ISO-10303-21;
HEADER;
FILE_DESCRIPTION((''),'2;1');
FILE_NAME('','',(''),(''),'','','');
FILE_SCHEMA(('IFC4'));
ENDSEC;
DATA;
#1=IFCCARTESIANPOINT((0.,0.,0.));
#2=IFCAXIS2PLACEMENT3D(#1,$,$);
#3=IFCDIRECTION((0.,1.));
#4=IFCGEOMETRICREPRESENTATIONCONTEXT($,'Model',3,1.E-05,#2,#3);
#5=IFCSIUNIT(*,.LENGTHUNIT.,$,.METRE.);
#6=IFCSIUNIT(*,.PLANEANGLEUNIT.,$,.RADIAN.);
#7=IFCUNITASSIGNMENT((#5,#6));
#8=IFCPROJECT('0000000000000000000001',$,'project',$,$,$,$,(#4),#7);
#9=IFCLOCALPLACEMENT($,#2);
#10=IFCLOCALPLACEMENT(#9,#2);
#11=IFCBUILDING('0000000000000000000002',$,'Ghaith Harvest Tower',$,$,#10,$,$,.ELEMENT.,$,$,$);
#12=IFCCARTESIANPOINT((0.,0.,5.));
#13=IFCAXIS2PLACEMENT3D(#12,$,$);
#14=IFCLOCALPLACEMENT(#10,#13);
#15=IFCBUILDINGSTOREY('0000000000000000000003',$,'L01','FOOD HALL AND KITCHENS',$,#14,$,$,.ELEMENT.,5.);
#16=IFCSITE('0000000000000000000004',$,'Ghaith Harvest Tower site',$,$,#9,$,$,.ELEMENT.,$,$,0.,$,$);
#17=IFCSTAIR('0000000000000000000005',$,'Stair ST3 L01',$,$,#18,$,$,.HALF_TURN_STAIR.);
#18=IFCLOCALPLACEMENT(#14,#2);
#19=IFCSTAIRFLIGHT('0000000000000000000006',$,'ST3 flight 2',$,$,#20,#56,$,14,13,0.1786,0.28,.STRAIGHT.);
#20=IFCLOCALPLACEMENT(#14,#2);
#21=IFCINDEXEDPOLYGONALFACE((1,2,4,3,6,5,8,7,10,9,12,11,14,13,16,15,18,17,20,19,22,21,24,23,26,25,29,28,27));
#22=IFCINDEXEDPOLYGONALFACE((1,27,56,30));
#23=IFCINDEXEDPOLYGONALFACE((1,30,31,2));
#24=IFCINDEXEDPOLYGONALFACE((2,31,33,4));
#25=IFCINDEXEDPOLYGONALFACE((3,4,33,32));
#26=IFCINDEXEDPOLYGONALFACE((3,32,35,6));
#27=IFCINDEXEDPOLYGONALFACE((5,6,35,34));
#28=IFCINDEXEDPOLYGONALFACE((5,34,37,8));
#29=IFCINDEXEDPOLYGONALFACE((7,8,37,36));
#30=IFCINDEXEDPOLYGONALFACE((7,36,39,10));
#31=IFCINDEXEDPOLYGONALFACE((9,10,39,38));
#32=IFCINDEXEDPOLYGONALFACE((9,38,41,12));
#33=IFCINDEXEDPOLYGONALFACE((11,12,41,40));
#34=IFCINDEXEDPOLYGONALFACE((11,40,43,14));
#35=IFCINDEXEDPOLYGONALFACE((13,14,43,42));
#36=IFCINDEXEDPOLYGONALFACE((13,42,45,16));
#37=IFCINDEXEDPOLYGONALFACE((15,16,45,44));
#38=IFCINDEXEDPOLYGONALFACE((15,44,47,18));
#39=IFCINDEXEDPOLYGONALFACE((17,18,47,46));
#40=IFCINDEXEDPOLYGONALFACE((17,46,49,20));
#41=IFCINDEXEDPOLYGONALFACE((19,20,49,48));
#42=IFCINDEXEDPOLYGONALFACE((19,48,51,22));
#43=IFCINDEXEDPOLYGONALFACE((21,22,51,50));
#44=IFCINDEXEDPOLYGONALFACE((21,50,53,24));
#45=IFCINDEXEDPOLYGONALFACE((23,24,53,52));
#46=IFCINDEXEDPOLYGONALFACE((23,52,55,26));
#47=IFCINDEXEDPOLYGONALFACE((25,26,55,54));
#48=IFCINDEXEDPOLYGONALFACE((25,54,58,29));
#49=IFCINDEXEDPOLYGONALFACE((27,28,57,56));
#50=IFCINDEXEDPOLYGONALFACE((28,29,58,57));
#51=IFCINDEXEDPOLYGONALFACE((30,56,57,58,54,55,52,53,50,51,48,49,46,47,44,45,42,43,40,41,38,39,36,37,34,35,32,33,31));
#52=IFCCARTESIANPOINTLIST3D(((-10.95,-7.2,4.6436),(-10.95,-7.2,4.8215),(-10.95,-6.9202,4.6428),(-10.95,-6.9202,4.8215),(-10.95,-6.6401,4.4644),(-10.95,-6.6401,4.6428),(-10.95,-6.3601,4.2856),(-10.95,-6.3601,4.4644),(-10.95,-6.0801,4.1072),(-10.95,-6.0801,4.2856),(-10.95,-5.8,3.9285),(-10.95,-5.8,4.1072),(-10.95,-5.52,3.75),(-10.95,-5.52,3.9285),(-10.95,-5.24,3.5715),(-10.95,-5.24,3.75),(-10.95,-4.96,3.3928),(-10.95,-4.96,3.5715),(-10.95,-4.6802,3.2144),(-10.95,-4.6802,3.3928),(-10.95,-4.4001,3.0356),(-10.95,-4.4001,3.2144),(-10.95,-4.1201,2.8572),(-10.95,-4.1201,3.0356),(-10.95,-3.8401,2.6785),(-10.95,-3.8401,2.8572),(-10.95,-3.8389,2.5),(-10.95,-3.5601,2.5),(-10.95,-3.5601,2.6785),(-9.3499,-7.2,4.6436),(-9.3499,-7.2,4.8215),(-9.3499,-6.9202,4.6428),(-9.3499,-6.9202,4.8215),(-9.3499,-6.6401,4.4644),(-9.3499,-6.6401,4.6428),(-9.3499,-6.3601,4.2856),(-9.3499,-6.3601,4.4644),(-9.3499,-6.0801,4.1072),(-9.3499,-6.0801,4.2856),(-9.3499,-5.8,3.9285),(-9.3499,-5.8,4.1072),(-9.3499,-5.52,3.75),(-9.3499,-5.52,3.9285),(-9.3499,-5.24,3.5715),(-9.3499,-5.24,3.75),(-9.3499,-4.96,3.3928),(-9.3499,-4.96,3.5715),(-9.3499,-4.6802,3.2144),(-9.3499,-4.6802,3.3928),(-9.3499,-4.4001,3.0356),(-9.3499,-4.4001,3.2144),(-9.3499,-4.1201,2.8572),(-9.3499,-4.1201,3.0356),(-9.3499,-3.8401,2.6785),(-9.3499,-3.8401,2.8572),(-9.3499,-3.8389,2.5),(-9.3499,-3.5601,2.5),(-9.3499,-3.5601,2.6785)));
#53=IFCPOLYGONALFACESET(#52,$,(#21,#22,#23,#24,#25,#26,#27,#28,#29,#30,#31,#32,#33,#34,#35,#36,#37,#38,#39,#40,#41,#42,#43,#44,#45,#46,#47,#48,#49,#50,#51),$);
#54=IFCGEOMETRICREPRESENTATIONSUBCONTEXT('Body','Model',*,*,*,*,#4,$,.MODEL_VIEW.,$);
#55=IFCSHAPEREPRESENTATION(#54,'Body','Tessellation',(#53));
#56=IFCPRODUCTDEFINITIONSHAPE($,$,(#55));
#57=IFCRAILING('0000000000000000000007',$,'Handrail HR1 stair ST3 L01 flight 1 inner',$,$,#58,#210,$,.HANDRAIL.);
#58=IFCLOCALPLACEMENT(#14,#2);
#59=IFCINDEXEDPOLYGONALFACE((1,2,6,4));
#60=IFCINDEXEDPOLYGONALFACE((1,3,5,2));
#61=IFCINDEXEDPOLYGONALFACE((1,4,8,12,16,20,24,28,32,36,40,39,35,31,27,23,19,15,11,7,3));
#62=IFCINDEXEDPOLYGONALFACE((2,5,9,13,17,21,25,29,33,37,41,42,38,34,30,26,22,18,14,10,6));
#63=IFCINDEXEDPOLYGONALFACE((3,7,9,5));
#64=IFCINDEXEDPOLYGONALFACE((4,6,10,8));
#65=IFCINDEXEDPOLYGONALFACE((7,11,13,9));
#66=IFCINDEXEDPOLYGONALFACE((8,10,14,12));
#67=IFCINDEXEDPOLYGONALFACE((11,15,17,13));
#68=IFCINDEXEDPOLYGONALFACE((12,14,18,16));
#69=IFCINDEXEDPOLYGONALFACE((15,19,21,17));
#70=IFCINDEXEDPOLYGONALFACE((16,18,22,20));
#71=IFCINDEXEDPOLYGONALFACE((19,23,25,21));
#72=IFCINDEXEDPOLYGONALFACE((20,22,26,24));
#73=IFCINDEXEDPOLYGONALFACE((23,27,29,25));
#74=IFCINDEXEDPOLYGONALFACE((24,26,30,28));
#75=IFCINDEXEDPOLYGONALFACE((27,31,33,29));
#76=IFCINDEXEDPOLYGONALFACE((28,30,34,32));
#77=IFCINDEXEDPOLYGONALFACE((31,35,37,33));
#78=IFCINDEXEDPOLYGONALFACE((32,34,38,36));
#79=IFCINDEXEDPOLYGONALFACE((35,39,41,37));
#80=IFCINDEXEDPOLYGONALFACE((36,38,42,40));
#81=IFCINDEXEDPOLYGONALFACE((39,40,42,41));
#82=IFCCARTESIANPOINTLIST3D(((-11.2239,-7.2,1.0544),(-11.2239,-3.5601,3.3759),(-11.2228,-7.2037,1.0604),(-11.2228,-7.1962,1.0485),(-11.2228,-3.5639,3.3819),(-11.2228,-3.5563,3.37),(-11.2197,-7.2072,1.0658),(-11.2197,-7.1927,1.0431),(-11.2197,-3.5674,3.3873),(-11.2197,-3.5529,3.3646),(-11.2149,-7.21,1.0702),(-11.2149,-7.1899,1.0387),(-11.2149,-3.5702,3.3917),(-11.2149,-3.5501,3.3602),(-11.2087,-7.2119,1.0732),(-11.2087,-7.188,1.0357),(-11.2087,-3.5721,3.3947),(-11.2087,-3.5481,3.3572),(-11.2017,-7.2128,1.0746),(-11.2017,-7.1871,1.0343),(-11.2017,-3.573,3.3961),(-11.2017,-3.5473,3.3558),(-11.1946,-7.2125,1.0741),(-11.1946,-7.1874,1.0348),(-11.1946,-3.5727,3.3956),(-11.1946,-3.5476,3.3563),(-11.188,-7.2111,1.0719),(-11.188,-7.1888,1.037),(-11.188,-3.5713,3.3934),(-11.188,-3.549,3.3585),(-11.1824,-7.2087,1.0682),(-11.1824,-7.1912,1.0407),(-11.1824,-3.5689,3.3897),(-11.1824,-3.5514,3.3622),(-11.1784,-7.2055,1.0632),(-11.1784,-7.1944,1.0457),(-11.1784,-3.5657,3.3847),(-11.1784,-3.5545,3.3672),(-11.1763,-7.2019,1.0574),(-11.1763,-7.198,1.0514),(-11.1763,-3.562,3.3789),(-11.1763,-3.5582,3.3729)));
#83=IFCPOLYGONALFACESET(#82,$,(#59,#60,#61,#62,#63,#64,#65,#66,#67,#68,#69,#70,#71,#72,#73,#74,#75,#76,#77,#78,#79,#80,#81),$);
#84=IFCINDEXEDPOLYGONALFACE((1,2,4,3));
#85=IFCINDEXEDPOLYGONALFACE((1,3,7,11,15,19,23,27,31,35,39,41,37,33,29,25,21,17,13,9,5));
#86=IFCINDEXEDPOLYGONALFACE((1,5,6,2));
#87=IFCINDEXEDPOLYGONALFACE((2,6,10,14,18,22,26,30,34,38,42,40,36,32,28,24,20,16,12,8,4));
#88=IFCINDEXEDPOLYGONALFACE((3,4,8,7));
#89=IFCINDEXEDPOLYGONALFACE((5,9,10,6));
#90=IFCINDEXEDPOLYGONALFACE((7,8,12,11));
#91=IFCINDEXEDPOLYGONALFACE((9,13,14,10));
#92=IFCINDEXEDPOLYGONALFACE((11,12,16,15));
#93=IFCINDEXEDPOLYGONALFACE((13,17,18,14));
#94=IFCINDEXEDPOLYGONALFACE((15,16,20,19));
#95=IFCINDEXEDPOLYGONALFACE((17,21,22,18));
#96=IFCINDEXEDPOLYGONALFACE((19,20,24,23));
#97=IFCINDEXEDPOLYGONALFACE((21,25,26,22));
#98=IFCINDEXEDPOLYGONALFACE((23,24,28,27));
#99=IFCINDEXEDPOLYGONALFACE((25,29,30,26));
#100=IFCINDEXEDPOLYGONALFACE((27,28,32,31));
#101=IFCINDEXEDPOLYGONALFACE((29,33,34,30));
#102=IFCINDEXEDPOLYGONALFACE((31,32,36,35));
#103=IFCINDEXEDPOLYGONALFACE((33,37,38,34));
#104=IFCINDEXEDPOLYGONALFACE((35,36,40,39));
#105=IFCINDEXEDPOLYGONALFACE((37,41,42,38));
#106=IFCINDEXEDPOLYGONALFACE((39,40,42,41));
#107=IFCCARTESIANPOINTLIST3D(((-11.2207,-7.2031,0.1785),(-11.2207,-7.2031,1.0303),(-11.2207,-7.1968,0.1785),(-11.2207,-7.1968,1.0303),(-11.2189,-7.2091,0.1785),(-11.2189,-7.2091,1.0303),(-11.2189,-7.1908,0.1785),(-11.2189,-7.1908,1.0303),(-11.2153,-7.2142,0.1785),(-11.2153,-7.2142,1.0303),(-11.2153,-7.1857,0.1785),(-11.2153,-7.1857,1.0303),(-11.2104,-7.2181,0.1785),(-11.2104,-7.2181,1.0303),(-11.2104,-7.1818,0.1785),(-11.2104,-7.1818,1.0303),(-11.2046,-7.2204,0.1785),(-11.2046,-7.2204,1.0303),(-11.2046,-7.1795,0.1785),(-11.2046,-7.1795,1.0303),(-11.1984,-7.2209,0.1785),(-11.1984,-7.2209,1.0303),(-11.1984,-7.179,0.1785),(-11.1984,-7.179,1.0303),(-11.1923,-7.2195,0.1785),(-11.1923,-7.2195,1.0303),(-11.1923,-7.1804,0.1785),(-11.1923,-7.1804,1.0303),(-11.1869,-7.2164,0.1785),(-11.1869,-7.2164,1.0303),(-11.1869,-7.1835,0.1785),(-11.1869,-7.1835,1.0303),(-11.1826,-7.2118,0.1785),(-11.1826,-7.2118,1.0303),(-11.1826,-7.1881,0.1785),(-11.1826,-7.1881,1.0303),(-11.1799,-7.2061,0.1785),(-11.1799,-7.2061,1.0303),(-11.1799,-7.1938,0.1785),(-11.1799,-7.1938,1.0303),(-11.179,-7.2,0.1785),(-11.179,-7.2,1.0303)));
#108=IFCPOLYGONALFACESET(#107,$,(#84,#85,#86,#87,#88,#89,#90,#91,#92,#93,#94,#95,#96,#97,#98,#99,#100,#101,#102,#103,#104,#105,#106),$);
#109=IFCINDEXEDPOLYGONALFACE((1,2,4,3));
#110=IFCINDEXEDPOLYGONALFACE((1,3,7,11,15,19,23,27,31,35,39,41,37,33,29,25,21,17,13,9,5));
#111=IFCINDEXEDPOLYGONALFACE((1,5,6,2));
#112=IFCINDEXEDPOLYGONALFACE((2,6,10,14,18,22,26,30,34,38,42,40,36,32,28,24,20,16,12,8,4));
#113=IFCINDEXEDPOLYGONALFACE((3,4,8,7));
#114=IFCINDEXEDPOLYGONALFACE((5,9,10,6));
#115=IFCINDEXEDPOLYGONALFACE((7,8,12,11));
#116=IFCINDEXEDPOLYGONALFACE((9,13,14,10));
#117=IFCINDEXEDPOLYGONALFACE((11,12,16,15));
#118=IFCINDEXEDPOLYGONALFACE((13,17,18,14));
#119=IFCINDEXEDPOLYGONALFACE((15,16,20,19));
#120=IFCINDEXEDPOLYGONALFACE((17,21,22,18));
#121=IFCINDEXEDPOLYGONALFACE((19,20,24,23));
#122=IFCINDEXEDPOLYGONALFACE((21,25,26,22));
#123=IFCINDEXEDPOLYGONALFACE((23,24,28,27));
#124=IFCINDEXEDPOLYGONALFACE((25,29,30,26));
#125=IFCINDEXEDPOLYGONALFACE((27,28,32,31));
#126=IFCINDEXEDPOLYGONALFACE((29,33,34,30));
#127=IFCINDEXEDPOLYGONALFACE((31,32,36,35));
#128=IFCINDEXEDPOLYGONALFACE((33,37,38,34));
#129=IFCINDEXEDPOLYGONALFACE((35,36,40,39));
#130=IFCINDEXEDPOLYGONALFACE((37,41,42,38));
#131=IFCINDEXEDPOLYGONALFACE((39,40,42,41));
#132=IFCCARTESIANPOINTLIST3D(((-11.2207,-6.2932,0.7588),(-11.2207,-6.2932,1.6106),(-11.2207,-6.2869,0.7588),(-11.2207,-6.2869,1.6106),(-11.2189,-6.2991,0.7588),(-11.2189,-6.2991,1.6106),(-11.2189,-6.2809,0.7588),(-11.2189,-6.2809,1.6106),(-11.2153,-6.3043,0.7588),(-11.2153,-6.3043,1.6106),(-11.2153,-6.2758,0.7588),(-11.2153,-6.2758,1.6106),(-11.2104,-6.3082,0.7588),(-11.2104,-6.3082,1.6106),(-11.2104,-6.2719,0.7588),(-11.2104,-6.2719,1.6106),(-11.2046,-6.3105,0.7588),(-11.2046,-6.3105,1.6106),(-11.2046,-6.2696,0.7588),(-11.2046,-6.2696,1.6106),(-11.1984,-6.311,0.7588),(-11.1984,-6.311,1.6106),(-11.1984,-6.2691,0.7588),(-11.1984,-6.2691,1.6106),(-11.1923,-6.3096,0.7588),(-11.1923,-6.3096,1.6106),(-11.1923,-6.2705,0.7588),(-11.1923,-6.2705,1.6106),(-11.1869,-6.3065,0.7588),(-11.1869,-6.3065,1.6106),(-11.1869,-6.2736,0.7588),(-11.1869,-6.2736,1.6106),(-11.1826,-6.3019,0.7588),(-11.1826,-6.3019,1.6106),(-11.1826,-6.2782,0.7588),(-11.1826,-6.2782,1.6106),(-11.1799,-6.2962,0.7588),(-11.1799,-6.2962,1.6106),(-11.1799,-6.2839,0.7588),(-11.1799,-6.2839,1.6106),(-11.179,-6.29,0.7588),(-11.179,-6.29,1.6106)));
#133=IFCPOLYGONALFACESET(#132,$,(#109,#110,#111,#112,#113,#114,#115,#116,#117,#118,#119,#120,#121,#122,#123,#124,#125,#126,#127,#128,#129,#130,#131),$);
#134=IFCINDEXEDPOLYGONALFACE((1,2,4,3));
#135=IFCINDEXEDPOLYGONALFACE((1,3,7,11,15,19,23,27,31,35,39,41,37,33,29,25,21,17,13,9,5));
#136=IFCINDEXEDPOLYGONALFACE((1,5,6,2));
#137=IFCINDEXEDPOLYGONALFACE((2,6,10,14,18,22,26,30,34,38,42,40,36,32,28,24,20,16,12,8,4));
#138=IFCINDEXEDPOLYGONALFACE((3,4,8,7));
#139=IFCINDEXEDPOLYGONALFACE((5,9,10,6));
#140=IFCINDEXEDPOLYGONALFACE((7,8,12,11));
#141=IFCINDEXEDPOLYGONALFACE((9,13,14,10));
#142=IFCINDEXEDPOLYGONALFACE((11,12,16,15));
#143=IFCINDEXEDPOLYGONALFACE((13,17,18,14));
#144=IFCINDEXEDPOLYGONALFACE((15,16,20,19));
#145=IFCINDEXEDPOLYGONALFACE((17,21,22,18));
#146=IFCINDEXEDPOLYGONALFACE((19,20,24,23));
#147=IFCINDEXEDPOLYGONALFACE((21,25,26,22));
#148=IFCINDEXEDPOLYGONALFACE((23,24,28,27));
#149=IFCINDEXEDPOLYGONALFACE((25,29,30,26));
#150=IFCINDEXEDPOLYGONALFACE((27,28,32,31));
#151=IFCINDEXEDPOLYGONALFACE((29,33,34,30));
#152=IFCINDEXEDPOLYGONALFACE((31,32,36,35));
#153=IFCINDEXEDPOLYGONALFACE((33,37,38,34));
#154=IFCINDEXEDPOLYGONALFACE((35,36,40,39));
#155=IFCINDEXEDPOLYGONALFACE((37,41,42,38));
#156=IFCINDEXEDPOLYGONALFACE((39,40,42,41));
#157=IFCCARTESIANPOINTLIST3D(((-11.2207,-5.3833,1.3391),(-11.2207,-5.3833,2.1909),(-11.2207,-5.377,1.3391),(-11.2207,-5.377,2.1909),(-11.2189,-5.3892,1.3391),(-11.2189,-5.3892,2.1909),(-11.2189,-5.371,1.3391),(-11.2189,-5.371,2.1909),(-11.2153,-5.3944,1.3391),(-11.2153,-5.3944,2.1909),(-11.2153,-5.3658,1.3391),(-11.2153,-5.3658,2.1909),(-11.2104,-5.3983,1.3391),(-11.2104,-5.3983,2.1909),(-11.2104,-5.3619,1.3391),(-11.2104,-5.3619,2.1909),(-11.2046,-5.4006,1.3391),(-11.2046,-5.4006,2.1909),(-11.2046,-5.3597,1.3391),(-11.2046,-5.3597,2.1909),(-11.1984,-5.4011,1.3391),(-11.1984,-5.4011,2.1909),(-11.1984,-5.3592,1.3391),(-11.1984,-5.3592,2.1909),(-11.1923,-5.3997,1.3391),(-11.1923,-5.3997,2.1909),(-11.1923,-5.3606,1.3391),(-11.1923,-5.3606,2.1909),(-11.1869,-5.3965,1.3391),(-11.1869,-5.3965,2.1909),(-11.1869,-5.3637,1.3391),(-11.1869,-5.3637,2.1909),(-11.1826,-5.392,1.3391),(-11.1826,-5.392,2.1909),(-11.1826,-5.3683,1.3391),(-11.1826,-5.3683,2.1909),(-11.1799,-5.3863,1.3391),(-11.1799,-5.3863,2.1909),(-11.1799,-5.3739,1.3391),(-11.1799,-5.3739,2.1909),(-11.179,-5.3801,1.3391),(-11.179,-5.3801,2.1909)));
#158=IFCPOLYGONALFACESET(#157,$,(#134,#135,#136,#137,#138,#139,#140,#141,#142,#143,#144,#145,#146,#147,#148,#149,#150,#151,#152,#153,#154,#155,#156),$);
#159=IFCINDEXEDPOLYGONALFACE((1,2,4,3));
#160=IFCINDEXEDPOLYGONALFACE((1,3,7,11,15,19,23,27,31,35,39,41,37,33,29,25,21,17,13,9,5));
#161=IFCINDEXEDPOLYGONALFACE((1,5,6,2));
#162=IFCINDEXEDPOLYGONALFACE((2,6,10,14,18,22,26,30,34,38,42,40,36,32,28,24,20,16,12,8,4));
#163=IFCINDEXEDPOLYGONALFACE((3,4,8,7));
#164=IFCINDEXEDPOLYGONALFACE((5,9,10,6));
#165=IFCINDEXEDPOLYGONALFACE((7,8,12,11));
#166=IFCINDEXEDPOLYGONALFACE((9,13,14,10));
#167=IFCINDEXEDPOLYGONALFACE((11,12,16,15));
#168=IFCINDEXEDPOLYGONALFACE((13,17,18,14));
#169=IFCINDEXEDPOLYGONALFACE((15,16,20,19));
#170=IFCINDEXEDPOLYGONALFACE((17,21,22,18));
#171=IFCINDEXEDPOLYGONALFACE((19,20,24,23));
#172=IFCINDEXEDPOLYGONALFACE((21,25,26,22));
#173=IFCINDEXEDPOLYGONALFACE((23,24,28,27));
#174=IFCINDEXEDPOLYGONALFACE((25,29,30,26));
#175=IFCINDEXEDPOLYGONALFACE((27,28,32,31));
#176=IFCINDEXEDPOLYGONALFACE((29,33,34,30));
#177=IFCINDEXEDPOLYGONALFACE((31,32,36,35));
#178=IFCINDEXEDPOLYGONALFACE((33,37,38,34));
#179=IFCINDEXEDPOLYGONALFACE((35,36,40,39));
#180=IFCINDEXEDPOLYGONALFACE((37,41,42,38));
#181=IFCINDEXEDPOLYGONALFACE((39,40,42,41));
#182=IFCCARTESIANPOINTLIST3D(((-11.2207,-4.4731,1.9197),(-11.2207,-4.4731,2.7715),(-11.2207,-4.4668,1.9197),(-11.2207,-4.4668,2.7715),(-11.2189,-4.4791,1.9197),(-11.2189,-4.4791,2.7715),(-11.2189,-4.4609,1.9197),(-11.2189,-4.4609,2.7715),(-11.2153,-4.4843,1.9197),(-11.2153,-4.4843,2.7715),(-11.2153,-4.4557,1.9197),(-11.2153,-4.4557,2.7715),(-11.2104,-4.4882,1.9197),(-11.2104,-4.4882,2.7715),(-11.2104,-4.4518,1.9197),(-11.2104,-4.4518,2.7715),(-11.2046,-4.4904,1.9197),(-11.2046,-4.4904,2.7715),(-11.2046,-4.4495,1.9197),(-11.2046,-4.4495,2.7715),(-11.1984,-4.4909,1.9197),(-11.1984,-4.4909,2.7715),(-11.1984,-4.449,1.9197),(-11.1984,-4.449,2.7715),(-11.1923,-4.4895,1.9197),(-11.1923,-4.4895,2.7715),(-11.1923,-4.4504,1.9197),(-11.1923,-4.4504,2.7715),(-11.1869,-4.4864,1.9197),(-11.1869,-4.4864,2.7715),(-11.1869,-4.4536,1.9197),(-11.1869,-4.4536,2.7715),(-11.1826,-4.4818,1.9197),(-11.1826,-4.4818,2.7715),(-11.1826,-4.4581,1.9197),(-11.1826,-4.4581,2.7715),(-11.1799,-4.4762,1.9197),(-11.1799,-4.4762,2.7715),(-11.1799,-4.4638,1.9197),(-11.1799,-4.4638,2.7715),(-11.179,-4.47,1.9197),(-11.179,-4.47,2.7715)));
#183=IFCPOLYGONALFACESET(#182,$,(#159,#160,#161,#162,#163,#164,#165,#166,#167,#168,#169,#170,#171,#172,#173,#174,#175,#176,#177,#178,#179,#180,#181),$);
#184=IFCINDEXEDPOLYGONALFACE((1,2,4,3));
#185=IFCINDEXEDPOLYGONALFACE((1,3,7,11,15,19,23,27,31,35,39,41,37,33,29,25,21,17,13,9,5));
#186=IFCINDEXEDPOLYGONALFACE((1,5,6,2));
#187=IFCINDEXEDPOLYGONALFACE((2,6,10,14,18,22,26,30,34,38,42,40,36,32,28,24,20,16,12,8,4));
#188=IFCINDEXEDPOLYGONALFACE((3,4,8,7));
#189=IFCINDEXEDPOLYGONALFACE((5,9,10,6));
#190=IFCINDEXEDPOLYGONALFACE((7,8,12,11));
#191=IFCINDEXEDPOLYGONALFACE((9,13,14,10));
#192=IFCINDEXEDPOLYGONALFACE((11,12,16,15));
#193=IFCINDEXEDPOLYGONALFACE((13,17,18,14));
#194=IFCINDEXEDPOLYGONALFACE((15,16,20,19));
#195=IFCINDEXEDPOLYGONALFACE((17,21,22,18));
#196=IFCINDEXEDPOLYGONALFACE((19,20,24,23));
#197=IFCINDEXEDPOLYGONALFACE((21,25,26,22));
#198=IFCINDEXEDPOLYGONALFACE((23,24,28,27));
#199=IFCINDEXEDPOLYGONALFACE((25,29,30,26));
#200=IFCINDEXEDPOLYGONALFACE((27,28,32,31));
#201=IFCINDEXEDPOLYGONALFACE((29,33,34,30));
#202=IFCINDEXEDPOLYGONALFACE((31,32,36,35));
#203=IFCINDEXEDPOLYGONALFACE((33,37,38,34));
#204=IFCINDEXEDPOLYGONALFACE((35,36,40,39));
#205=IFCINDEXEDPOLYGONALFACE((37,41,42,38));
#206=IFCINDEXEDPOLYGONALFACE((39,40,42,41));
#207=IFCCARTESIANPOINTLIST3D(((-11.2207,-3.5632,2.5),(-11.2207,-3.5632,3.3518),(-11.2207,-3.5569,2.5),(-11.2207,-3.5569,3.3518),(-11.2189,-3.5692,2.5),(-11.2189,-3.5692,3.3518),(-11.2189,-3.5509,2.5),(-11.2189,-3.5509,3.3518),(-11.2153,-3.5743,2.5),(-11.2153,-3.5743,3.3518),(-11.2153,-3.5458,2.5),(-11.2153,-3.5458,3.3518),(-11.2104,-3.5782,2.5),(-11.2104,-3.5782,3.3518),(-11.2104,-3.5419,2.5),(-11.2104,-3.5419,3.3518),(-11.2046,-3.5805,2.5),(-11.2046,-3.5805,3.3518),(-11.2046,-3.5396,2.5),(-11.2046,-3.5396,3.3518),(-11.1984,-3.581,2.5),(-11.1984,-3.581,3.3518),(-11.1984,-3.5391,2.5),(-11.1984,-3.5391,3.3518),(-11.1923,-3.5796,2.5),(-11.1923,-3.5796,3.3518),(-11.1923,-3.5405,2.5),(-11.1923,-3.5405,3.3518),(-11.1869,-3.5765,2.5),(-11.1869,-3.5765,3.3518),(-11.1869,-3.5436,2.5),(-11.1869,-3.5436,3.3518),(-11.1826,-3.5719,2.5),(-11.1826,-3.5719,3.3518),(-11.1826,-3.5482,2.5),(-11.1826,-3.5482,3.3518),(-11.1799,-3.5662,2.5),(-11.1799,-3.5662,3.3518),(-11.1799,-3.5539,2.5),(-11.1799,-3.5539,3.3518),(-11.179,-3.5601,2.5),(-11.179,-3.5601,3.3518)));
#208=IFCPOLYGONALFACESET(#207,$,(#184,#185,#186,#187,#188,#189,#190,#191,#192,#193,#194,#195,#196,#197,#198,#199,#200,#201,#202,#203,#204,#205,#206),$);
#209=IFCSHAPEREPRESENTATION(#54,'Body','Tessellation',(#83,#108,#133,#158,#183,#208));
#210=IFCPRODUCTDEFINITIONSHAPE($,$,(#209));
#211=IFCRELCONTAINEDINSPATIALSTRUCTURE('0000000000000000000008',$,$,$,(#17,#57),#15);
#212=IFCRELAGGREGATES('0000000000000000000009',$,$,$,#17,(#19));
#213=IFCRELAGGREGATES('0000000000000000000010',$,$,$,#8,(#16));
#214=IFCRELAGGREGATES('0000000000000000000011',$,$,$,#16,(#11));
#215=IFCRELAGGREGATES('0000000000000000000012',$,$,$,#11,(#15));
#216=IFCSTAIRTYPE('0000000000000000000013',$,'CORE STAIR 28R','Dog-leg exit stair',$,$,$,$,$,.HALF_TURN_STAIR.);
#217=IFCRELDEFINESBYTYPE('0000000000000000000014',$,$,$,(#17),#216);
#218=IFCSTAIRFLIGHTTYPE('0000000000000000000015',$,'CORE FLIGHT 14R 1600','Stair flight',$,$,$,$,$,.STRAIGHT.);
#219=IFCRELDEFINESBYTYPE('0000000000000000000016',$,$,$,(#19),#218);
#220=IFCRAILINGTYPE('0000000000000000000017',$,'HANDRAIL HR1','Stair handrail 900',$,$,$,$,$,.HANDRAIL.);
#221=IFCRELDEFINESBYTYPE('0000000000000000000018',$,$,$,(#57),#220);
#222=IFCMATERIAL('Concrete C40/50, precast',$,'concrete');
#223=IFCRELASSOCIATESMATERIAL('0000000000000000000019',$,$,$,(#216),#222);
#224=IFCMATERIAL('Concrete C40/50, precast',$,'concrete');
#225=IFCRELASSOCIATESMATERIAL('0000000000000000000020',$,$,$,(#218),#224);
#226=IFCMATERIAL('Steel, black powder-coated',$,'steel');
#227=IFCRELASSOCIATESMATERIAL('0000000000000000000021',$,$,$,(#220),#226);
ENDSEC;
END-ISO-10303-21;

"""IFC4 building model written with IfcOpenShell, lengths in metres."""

from ifc_helpers import new_model, si_unit, direction, frame, origin, origin_2d, place, context, subcontext, project, spatial, polyline, circle, outline, extrude, material, type_object, element, aggregate, save


model = new_model("IFC4")

# Units and contexts
model_context = context("Model", 3, precision=1e-05, world=origin(), true_north=direction((0.0, 1.0)))
body_context = subcontext(model_context, "Body", "Model", "MODEL_VIEW")
ifc_project = project(units=[si_unit("LENGTHUNIT", "METRE"), si_unit("PLANEANGLEUNIT", "RADIAN")], contexts=[model_context])

# Site, building, storey
site_placement = place(None, origin())
site = spatial("IfcSite", under=ifc_project, at=site_placement, Name="Ghaith Harvest Tower site", CompositionType="ELEMENT", RefElevation=0.0)
building_placement = place(site_placement, origin())
building = spatial("IfcBuilding", under=site, at=building_placement, Name="Ghaith Harvest Tower", CompositionType="ELEMENT")
storey_placement = place(building_placement, frame((0.0, 0.0, 5.0)))
storey = spatial("IfcBuildingStorey", under=building, at=storey_placement, Name="L01", Description="FOOD HALL AND KITCHENS", CompositionType="ELEMENT", Elevation=5.0)

# Stair, stair flight
ifc_material_1 = material(Name="Concrete C40/50, precast", Category="concrete")
stair_type = type_object("IfcStairType", Name="CORE STAIR 28R", Description="Dog-leg exit stair", PredefinedType="HALF_TURN_STAIR", material=ifc_material_1)
stair_placement = place(storey_placement, origin())
stair = element("IfcStair", 1, at=stair_placement, inside=storey, type_object=stair_type, Name="Stair ST3 L01", PredefinedType="HALF_TURN_STAIR")
ifc_material_2 = material(Name="Concrete C40/50, precast", Category="concrete")
stair_flight_type = type_object("IfcStairFlightType", Name="CORE FLIGHT 14R 1600", Description="Stair flight", PredefinedType="STRAIGHT", material=ifc_material_2)
stair_flight_1_placement = place(storey_placement, frame((-10.1499, -3.5601, 2.5), z_axis=(0.0, 0.0, 1.0), x_axis=(0.0, -1.0, 0.0)))
stair_flight_1 = element("IfcStairFlight", 2, at=stair_flight_1_placement, type_object=stair_flight_type, Name="ST3 flight 2", NumberOfRisers=14, NumberOfTreads=13, PredefinedType="STRAIGHT", RiserHeight=0.1786, TreadLength=0.28, context=body_context, shape_type="SweptSolid", body=[
    extrude(outline(polyline([(0.0, 0.0), (0.0, 0.1785), (0.28, 0.1785), (0.28, 0.3572), (0.5601, 0.3572), (0.5601, 0.5356), (0.8401, 0.5356), (0.8401, 0.7144), (1.1201, 0.7144), (1.1201, 0.8928), (1.3999, 0.8928), (1.3999, 1.0715), (1.6799, 1.0715), (1.6799, 1.25), (1.96, 1.25), (1.96, 1.4285), (2.24, 1.4285), (2.24, 1.6072), (2.52, 1.6072), (2.52, 1.7856), (2.8, 1.7856), (2.8, 1.9644), (3.0801, 1.9644), (3.0801, 2.1428), (3.3601, 2.1428), (3.3601, 2.3215), (3.6399, 2.3215), (3.6399, 2.5), (3.6399, 2.1436), (0.2788, 0.0), (0.0, 0.0)])), frame((0.0, 0.8, 0.0), z_axis=(0.0, -1.0, 0.0), x_axis=(1.0, 0.0, 0.0)), (0.0, 0.0, 1.0), 1.6001),
])
aggregate(stair, [stair_flight_1])

# Railing
ifc_material_3 = material(Name="Steel, black powder-coated", Category="steel")
railing_type = type_object("IfcRailingType", Name="HANDRAIL HR1", Description="Stair handrail 900", PredefinedType="HANDRAIL", material=ifc_material_3)
railing_1_placement = place(storey_placement, frame((-11.2, -7.2, 0.1785)))
element("IfcRailing", 3, at=railing_1_placement, inside=storey, type_object=railing_type, Name="Handrail HR1 stair ST3 L01 flight 1 inner", PredefinedType="HANDRAIL", context=body_context, shape_type="SweptSolid", body=[
    extrude(circle(Radius=0.0239, at=origin_2d()), frame((0.0, 0.0, 0.876), z_axis=(0.0, 0.843112, 0.537739), x_axis=(-1.0, 0.0, 0.0)), (0.0, 0.0, 1.0), 4.3171),
    extrude(circle(Radius=0.021, at=origin_2d()), origin(), (0.0, 0.0, 1.0), 0.8518),
    extrude(circle(Radius=0.021, at=origin_2d()), frame((0.0, 0.9099, 0.5803)), (0.0, 0.0, 1.0), 0.8518),
    extrude(circle(Radius=0.021, at=origin_2d()), frame((0.0, 1.8198, 1.1606)), (0.0, 0.0, 1.0), 0.8518),
    extrude(circle(Radius=0.021, at=origin_2d()), frame((0.0, 2.73, 1.7412)), (0.0, 0.0, 1.0), 0.8518),
    extrude(circle(Radius=0.021, at=origin_2d()), frame((0.0, 3.6399, 2.3215)), (0.0, 0.0, 1.0), 0.8518),
])

save(model, "model.ifc")
